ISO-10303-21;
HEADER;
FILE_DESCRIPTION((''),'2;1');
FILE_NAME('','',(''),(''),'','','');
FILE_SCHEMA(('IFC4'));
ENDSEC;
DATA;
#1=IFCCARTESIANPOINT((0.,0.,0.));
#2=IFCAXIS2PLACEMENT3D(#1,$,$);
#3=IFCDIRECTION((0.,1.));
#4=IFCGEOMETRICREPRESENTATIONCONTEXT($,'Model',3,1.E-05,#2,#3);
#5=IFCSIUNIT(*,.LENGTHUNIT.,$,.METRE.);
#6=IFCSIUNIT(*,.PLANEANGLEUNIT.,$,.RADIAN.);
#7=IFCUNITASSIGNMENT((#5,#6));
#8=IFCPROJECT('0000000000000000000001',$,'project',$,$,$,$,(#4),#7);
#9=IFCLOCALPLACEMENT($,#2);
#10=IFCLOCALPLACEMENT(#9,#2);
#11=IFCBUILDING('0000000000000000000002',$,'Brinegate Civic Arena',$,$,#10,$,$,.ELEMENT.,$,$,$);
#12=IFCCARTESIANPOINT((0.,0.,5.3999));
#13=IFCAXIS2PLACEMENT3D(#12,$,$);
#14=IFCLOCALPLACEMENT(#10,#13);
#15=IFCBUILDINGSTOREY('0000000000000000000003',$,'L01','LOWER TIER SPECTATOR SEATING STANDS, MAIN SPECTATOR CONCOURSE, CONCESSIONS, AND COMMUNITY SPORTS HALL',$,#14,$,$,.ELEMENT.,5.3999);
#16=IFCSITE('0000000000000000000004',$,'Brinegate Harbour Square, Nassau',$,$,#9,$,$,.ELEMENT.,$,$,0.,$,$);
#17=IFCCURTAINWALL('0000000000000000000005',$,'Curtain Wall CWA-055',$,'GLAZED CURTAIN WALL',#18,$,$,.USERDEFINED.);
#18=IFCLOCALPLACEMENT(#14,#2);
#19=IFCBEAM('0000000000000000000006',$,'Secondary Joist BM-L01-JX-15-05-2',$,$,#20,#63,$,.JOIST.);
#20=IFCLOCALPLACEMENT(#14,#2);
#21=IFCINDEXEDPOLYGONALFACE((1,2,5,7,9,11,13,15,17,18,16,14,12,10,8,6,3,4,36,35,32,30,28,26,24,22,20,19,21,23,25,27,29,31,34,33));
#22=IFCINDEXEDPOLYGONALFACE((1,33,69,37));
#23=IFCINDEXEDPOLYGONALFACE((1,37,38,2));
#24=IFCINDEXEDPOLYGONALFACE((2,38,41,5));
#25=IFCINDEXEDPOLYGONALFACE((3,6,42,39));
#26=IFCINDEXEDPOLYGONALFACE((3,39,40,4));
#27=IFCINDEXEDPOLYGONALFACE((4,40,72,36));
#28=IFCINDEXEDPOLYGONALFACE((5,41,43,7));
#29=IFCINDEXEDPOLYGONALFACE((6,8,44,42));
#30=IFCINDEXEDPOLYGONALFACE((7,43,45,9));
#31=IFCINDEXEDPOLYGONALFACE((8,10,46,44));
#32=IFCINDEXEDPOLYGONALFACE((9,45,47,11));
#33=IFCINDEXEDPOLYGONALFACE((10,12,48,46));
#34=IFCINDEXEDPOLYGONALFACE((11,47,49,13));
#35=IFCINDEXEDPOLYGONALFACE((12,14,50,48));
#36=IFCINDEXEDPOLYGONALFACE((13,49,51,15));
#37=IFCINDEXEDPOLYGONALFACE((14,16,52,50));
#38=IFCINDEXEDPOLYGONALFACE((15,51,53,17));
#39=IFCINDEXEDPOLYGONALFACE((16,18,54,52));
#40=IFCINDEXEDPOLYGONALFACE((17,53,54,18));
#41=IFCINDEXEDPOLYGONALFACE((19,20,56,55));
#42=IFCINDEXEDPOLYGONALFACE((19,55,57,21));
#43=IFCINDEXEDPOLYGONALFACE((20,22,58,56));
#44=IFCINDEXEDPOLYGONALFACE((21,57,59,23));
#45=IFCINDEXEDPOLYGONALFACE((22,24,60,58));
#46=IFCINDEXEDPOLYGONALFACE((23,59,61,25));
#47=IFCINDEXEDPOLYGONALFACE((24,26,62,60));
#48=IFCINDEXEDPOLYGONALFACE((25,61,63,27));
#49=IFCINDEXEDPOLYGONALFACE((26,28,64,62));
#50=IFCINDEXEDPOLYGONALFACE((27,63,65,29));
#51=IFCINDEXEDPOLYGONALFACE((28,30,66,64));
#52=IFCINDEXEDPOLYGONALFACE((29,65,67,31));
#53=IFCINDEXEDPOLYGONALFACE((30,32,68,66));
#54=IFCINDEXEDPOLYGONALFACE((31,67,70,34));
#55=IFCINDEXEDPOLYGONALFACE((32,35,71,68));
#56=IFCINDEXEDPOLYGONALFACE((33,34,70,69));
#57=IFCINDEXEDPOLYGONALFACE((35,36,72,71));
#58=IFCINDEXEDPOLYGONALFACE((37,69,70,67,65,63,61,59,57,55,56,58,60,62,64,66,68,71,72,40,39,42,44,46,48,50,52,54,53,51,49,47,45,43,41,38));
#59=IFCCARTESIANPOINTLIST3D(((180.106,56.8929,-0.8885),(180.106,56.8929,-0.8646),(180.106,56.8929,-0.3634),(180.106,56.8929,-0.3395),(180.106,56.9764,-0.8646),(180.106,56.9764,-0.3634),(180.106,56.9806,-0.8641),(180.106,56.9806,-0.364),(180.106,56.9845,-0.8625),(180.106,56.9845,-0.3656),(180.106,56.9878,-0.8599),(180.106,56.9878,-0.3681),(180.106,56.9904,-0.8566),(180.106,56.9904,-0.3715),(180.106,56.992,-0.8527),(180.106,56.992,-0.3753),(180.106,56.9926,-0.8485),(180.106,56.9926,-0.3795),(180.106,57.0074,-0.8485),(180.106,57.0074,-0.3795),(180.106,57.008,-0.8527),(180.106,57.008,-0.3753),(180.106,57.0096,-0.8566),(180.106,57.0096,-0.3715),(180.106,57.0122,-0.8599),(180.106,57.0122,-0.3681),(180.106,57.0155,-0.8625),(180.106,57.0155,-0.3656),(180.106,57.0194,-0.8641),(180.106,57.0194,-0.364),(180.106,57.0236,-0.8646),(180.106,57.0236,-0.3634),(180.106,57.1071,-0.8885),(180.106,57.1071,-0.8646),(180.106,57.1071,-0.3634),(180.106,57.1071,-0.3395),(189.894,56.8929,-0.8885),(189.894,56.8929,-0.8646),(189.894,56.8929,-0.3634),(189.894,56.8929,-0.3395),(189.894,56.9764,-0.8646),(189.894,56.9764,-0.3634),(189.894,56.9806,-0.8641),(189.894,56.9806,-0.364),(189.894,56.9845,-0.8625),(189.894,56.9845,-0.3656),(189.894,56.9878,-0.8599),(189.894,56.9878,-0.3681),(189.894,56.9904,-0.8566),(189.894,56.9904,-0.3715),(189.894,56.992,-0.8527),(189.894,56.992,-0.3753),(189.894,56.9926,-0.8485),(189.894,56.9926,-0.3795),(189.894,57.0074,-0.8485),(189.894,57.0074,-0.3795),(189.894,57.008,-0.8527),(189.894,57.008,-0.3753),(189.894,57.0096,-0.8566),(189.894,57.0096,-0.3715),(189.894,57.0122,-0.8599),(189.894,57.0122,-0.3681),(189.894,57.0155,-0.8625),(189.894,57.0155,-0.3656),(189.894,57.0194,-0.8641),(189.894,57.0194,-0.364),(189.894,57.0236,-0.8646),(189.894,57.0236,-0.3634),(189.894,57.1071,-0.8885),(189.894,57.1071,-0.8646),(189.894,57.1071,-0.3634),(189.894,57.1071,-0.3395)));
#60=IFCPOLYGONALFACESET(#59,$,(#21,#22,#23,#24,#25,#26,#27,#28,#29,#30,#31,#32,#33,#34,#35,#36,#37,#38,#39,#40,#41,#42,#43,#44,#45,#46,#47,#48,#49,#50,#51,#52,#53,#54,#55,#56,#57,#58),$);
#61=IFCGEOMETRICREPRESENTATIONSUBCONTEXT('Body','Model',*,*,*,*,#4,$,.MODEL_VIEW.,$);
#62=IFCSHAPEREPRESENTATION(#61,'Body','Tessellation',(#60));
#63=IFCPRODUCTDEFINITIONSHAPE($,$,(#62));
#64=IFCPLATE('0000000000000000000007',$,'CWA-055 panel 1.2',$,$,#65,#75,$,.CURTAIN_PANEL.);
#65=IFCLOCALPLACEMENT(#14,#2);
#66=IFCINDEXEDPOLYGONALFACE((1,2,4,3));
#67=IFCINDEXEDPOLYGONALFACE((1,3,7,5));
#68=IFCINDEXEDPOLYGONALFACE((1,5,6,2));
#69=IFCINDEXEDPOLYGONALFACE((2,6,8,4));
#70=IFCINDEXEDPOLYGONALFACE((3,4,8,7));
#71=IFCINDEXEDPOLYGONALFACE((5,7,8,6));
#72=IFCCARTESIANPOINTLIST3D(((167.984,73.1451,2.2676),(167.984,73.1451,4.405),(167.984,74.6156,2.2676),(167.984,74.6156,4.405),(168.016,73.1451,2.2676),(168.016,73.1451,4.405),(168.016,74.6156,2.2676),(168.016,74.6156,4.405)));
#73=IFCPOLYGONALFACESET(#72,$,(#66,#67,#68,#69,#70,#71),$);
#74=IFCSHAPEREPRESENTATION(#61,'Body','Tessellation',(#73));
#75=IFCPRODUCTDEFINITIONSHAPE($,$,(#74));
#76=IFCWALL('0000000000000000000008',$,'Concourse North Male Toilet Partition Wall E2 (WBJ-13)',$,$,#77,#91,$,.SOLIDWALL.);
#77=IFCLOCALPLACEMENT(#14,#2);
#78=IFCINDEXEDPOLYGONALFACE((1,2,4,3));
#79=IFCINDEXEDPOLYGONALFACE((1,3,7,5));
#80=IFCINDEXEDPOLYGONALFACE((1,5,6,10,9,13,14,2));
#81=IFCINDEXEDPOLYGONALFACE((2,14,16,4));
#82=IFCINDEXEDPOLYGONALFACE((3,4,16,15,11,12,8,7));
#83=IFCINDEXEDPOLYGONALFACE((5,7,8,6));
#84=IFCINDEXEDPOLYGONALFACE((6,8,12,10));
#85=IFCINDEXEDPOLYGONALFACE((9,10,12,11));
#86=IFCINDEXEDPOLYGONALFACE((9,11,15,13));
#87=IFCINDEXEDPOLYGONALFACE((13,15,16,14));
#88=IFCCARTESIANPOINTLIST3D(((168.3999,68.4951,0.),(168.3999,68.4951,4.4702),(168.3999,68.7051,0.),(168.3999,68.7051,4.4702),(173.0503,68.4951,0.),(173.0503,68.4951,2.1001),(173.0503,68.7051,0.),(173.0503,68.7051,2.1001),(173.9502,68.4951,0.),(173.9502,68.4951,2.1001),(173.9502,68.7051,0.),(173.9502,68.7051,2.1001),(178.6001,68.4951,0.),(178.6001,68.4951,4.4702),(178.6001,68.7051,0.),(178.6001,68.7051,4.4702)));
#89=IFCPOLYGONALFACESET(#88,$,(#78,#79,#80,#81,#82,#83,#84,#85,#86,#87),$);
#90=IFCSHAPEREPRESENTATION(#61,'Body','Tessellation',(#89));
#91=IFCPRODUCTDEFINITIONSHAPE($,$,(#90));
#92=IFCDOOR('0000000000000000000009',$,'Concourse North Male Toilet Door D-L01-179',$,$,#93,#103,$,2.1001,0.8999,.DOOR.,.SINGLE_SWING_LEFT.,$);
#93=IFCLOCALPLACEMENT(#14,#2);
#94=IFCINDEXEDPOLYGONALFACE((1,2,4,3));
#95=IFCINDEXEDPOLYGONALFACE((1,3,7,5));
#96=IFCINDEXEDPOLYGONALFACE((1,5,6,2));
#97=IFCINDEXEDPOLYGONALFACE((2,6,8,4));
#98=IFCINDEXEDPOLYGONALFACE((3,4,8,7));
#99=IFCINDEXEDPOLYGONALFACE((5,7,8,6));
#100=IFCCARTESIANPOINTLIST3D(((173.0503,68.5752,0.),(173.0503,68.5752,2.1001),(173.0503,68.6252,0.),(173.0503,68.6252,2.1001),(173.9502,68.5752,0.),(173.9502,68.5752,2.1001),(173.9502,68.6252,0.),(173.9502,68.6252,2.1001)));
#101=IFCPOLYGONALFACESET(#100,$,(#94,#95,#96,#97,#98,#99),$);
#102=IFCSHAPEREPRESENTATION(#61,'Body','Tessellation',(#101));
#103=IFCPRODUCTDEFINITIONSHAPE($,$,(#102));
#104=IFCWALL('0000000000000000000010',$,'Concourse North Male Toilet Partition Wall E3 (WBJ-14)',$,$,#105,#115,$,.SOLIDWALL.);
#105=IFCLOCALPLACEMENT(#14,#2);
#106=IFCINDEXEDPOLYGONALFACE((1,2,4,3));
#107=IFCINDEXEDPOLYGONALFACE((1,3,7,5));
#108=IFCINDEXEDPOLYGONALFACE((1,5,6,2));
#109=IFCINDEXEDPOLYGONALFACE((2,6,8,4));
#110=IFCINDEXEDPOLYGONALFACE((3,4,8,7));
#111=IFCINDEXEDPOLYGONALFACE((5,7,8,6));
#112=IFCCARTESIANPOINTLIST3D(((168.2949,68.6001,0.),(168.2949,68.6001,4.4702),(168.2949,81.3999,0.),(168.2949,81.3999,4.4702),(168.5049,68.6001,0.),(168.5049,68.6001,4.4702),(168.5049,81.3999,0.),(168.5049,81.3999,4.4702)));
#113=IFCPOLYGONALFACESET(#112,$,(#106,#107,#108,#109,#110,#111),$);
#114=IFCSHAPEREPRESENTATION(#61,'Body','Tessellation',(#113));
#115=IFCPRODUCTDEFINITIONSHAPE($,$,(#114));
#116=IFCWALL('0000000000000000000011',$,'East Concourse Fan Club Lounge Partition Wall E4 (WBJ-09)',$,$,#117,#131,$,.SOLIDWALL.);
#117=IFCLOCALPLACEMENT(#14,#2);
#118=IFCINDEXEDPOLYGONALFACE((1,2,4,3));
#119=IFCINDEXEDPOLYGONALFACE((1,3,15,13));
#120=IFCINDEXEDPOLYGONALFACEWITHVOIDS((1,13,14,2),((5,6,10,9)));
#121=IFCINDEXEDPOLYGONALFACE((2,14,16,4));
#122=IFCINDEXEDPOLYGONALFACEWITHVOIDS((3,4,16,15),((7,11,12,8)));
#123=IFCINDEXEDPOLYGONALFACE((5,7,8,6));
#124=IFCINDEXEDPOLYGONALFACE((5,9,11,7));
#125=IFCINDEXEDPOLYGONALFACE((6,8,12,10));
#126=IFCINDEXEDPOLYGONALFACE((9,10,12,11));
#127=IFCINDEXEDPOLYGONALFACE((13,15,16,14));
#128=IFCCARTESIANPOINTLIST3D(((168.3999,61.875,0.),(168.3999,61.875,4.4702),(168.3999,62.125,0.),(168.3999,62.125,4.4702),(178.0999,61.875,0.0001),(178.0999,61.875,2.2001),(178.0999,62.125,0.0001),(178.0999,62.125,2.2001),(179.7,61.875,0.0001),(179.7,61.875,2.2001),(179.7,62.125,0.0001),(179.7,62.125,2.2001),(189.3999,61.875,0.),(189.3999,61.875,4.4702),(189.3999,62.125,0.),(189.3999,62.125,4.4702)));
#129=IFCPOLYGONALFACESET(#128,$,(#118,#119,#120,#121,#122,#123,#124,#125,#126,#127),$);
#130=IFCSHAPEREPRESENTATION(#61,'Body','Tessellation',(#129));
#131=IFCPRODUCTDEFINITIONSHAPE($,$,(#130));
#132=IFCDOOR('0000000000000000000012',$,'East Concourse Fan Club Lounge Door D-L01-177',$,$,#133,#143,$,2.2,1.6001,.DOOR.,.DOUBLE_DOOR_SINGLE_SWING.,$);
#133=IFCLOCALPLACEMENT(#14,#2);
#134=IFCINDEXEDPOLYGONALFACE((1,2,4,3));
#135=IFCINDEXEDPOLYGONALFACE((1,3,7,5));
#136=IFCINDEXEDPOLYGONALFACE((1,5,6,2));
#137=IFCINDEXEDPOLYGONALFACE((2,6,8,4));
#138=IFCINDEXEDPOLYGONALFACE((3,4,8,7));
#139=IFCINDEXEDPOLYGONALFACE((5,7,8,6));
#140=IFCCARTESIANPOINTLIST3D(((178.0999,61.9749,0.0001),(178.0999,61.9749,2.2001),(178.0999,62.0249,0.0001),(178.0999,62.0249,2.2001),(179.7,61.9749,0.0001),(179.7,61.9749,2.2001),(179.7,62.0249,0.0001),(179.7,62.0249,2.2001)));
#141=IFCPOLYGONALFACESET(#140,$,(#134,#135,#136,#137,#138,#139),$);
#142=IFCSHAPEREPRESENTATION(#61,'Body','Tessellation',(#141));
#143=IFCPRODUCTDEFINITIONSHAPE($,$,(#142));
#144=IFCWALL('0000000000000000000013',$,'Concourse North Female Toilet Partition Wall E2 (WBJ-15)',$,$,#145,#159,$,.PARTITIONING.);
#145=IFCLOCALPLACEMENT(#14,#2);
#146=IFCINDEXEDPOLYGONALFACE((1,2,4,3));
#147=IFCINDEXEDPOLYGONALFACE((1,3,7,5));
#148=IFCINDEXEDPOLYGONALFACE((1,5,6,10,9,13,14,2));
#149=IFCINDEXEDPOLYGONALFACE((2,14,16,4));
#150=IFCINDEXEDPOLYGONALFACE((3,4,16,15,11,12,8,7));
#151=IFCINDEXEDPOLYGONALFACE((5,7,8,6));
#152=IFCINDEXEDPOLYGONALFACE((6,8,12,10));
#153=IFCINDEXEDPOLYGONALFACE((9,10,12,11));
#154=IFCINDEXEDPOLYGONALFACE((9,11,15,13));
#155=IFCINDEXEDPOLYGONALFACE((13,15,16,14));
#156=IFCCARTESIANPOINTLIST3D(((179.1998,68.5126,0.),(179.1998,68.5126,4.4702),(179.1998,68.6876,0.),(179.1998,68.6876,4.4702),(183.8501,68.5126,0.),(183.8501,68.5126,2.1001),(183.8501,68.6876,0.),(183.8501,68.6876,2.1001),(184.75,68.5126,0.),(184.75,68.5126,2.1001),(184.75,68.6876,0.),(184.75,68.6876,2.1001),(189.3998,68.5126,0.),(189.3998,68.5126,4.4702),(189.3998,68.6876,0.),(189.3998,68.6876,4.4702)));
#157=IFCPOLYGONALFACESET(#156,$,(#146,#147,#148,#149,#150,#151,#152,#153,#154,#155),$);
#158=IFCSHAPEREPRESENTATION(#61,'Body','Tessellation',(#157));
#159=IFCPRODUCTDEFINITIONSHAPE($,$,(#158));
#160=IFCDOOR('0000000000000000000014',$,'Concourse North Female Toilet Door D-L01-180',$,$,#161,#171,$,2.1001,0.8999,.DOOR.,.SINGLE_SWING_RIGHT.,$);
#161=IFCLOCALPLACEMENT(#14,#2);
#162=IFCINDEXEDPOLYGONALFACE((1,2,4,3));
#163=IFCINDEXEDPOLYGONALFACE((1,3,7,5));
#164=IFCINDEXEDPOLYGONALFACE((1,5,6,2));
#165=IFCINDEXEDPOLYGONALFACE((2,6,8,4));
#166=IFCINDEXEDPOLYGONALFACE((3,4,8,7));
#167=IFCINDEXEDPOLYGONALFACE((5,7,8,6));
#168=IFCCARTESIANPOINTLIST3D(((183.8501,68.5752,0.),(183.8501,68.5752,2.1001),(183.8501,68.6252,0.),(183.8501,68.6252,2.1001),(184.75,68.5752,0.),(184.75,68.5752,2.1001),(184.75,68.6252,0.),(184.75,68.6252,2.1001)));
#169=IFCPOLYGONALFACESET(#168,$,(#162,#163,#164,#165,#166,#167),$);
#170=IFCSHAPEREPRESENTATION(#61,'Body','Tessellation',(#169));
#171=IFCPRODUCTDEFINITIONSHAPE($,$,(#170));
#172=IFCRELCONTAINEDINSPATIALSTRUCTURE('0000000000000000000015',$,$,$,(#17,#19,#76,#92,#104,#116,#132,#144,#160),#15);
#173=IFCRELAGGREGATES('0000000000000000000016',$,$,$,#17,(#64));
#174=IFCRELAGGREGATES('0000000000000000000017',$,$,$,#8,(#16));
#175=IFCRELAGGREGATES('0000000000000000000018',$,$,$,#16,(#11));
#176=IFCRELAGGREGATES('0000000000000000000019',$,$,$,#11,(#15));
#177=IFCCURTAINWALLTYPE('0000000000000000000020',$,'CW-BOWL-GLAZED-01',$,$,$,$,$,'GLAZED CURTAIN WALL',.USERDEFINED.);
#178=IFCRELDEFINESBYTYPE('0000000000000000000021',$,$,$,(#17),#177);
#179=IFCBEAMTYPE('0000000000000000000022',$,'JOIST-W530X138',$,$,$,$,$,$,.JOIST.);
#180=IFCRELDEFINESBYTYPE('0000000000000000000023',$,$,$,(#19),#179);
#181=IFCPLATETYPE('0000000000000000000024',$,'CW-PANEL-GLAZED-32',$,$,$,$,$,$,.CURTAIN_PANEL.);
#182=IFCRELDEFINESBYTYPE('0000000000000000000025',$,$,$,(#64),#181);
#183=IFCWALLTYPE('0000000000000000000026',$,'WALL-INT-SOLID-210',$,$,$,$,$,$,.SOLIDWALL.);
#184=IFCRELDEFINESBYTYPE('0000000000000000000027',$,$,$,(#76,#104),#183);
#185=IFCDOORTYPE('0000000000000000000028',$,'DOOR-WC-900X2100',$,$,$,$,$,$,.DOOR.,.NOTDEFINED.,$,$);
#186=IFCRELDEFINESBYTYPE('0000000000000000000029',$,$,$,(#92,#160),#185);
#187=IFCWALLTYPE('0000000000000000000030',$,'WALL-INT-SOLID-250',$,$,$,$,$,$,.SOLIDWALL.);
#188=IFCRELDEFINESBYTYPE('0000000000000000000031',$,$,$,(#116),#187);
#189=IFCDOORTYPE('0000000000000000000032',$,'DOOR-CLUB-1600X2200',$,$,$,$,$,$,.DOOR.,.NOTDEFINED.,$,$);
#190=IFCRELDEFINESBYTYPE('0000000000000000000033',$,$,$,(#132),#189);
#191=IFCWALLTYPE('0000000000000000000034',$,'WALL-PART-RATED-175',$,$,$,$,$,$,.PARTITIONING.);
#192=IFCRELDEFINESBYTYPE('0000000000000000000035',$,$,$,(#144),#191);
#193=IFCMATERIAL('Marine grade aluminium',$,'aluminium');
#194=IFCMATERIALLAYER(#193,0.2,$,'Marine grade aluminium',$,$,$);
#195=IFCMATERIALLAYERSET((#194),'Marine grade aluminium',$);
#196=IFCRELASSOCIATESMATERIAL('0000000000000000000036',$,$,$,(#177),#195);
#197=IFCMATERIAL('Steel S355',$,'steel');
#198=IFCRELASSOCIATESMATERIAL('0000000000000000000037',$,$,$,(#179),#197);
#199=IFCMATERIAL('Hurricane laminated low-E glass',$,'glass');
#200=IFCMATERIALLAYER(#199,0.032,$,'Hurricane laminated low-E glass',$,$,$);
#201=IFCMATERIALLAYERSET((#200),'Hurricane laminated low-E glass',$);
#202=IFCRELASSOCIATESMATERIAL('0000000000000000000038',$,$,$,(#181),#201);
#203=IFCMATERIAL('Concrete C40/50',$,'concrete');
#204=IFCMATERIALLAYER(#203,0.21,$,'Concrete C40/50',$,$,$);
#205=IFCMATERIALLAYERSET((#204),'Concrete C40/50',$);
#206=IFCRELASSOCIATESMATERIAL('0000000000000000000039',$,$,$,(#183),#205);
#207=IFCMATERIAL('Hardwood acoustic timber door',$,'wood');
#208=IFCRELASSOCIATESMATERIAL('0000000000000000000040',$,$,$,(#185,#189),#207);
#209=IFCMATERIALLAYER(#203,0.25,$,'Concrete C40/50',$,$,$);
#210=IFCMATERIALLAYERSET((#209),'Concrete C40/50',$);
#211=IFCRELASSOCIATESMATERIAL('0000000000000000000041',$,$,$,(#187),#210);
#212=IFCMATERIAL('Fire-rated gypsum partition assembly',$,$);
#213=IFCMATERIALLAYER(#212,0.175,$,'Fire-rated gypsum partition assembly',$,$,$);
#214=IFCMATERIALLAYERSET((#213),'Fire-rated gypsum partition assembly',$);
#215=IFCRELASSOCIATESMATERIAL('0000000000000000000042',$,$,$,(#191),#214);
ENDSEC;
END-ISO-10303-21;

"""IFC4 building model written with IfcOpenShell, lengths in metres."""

from ifc_helpers import new_model, si_unit, direction, frame, frame_2d, origin, origin_2d, place, context, subcontext, project, spatial, rectangle, i_section, extrude, material, layer, layer_set, material_profile, profile_set, type_object, element, fill, aggregate, save


model = new_model("IFC4")

# Units and contexts
model_context = context("Model", 3, precision=1e-05, world=origin(), true_north=direction((0.0, 1.0)))
body_context = subcontext(model_context, "Body", "Model", "MODEL_VIEW")
ifc_project = project(units=[si_unit("LENGTHUNIT", "METRE"), si_unit("PLANEANGLEUNIT", "RADIAN")], contexts=[model_context])

# Site, building, storey
site_placement = place(None, origin())
site = spatial("IfcSite", under=ifc_project, at=site_placement, Name="Brinegate Harbour Square, Nassau", CompositionType="ELEMENT", RefElevation=0.0)
building_placement = place(site_placement, origin())
building = spatial("IfcBuilding", under=site, at=building_placement, Name="Brinegate Civic Arena", CompositionType="ELEMENT")
storey_placement = place(building_placement, frame((0.0, 0.0, 5.3999)))
storey = spatial("IfcBuildingStorey", under=building, at=storey_placement, Name="L01", Description="LOWER TIER SPECTATOR SEATING STANDS, MAIN SPECTATOR CONCOURSE, CONCESSIONS, AND COMMUNITY SPORTS HALL", CompositionType="ELEMENT", Elevation=5.3999)

# Curtain wall
ifc_material_1 = material(Name="Marine grade aluminium", Category="aluminium")
ifc_layer_1 = layer(ifc_material_1, 0.2, Name="Marine grade aluminium")
ifc_layer_set_1 = layer_set([ifc_layer_1], Name="Marine grade aluminium")
curtain_wall_type = type_object("IfcCurtainWallType", Name="CW-BOWL-GLAZED-01", ElementType="GLAZED CURTAIN WALL", PredefinedType="USERDEFINED", material=ifc_layer_set_1)
curtain_wall_placement = place(storey_placement, origin())
curtain_wall = element("IfcCurtainWall", 1, at=curtain_wall_placement, inside=storey, type_object=curtain_wall_type, Name="Curtain Wall CWA-055", ObjectType="GLAZED CURTAIN WALL", PredefinedType="USERDEFINED")

# Beam
ifc_material_2 = material(Name="Steel S355", Category="steel")
ifc_material_profile_1 = material_profile(ifc_material_2, i_section(OverallWidth=0.2141, OverallDepth=0.5491, WebThickness=0.0149, FlangeThickness=0.0239, FilletRadius=0.0161, at=origin_2d()), Name="W530X138")
ifc_profile_set_1 = profile_set([ifc_material_profile_1], Name="Steel S355")
beam_type_1 = type_object("IfcBeamType", Name="JOIST-W530X138", PredefinedType="JOIST", material=ifc_profile_set_1)
beam_1_placement = place(storey_placement, frame((180.106, 57.0, -0.614), z_axis=(1.0, 0.0, 0.0), x_axis=(0.0, 1.0, 0.0)))
element("IfcBeam", 2, at=beam_1_placement, inside=storey, type_object=beam_type_1, Name="Secondary Joist BM-L01-JX-15-05-2", PredefinedType="JOIST", context=body_context, shape_type="SweptSolid", body=[
    extrude(i_section(OverallWidth=0.2141, OverallDepth=0.5491, WebThickness=0.0149, FlangeThickness=0.0239, FilletRadius=0.0161, at=origin_2d()), origin(), (0.0, 0.0, 1.0), 9.7881),
])

# Plate
ifc_material_3 = material(Name="Hurricane laminated low-E glass", Category="glass")
ifc_layer_2 = layer(ifc_material_3, 0.032, Name="Hurricane laminated low-E glass")
ifc_layer_set_2 = layer_set([ifc_layer_2], Name="Hurricane laminated low-E glass")
plate_type = type_object("IfcPlateType", Name="CW-PANEL-GLAZED-32", PredefinedType="CURTAIN_PANEL", material=ifc_layer_set_2)
plate_placement = place(storey_placement, frame((168.0, 73.8804, 2.2676), z_axis=(0.0, 0.0, 1.0), x_axis=(0.0, 1.0, 0.0)))
plate = element("IfcPlate", 3, at=plate_placement, type_object=plate_type, Name="CWA-055 panel 1.2", PredefinedType="CURTAIN_PANEL", context=body_context, shape_type="SweptSolid", body=[
    extrude(rectangle(XDim=1.4705, YDim=0.032, at=origin_2d()), origin(), (0.0, 0.0, 1.0), 2.1375),
])
aggregate(curtain_wall, [plate])

# Wall, opening, door
ifc_material_4 = material(Name="Concrete C40/50", Category="concrete")
ifc_layer_3 = layer(ifc_material_4, 0.21, Name="Concrete C40/50")
ifc_layer_set_3 = layer_set([ifc_layer_3], Name="Concrete C40/50")
wall_type_1 = type_object("IfcWallType", Name="WALL-INT-SOLID-210", PredefinedType="SOLIDWALL", material=ifc_layer_set_3)
wall_1_placement = place(storey_placement, frame((178.6001, 68.6001, 0.0), z_axis=(0.0, 0.0, 1.0), x_axis=(-1.0, 0.0, 0.0)))
wall_1 = element("IfcWall", 4, at=wall_1_placement, inside=storey, type_object=wall_type_1, Name="Concourse North Male Toilet Partition Wall E2 (WBJ-13)", PredefinedType="SOLIDWALL", context=body_context, shape_type="SweptSolid", body=[
    extrude(rectangle(XDim=10.2002, YDim=0.21, at=frame_2d((5.1001, 0.0))), origin(), (0.0, 0.0, 1.0), 4.4702),
])
opening_1_placement = place(wall_1_placement, frame((4.6499, 0.0, 0.0)))
opening_1 = element("IfcOpeningElement", 5, at=opening_1_placement, cuts=wall_1, PredefinedType="OPENING", context=body_context, shape_type="SweptSolid", body=[
    extrude(rectangle(XDim=0.8999, YDim=2.1001, at=frame_2d((0.45, 1.05))), frame((0.0, 0.115, 0.0), z_axis=(0.0, -1.0, 0.0), x_axis=(1.0, 0.0, 0.0)), (0.0, 0.0, 1.0), 0.23),
])
ifc_material_5 = material(Name="Hardwood acoustic timber door", Category="wood")
door_type_1 = type_object("IfcDoorType", Name="DOOR-WC-900X2100", OperationType="NOTDEFINED", PredefinedType="DOOR", material=ifc_material_5)
door_1_placement = place(opening_1_placement, origin())
door_1 = element("IfcDoor", 6, at=door_1_placement, inside=storey, type_object=door_type_1, Name="Concourse North Male Toilet Door D-L01-179", OperationType="SINGLE_SWING_LEFT", OverallHeight=2.1001, OverallWidth=0.8999, PredefinedType="DOOR", context=body_context, shape_type="SweptSolid", body=[
    extrude(rectangle(XDim=0.8999, YDim=2.1001, at=frame_2d((0.45, 1.05))), frame((0.0, 0.0249, 0.0), z_axis=(0.0, -1.0, 0.0), x_axis=(1.0, 0.0, 0.0)), (0.0, 0.0, 1.0), 0.05),
])
fill(opening_1, door_1)

# Wall
wall_2_placement = place(storey_placement, frame((168.3999, 68.6001, 0.0), z_axis=(0.0, 0.0, 1.0), x_axis=(0.0, 1.0, 0.0)))
element("IfcWall", 7, at=wall_2_placement, inside=storey, type_object=wall_type_1, Name="Concourse North Male Toilet Partition Wall E3 (WBJ-14)", PredefinedType="SOLIDWALL", context=body_context, shape_type="SweptSolid", body=[
    extrude(rectangle(XDim=12.7998, YDim=0.21, at=frame_2d((6.3999, 0.0))), origin(), (0.0, 0.0, 1.0), 4.4702),
])

# Walls, openings, doors
ifc_layer_4 = layer(ifc_material_4, 0.25, Name="Concrete C40/50")
ifc_layer_set_4 = layer_set([ifc_layer_4], Name="Concrete C40/50")
wall_type_2 = type_object("IfcWallType", Name="WALL-INT-SOLID-250", PredefinedType="SOLIDWALL", material=ifc_layer_set_4)
wall_3_placement = place(storey_placement, frame((168.3999, 62.0, 0.0), z_axis=(0.0, 0.0, 1.0), x_axis=(1.0, 0.0, 0.0)))
wall_3 = element("IfcWall", 8, at=wall_3_placement, inside=storey, type_object=wall_type_2, Name="East Concourse Fan Club Lounge Partition Wall E4 (WBJ-09)", PredefinedType="SOLIDWALL", context=body_context, shape_type="SweptSolid", body=[
    extrude(rectangle(XDim=21.0, YDim=0.25, at=frame_2d((10.5, 0.0))), origin(), (0.0, 0.0, 1.0), 4.4702),
])
opening_2_placement = place(wall_3_placement, frame((9.7, 0.0, 0.0)))
opening_2 = element("IfcOpeningElement", 9, at=opening_2_placement, cuts=wall_3, PredefinedType="OPENING", context=body_context, shape_type="SweptSolid", body=[
    extrude(rectangle(XDim=1.6001, YDim=2.2, at=frame_2d((0.8, 1.1001))), frame((0.0, 0.135, 0.0), z_axis=(0.0, -1.0, 0.0), x_axis=(1.0, 0.0, 0.0)), (0.0, 0.0, 1.0), 0.27),
])
door_type_2 = type_object("IfcDoorType", Name="DOOR-CLUB-1600X2200", OperationType="NOTDEFINED", PredefinedType="DOOR", material=ifc_material_5)
door_2_placement = place(opening_2_placement, origin())
door_2 = element("IfcDoor", 10, at=door_2_placement, inside=storey, type_object=door_type_2, Name="East Concourse Fan Club Lounge Door D-L01-177", OperationType="DOUBLE_DOOR_SINGLE_SWING", OverallHeight=2.2, OverallWidth=1.6001, PredefinedType="DOOR", context=body_context, shape_type="SweptSolid", body=[
    extrude(rectangle(XDim=1.6001, YDim=2.2, at=frame_2d((0.8, 1.1001))), frame((0.0, 0.0249, 0.0), z_axis=(0.0, -1.0, 0.0), x_axis=(1.0, 0.0, 0.0)), (0.0, 0.0, 1.0), 0.05),
])
fill(opening_2, door_2)
ifc_material_6 = material(Name="Fire-rated gypsum partition assembly")
ifc_layer_5 = layer(ifc_material_6, 0.175, Name="Fire-rated gypsum partition assembly")
ifc_layer_set_5 = layer_set([ifc_layer_5], Name="Fire-rated gypsum partition assembly")
wall_type_3 = type_object("IfcWallType", Name="WALL-PART-RATED-175", PredefinedType="PARTITIONING", material=ifc_layer_set_5)
wall_4_placement = place(storey_placement, frame((189.3999, 68.6001, 0.0), z_axis=(0.0, 0.0, 1.0), x_axis=(-1.0, 0.0, 0.0)))
wall_4 = element("IfcWall", 11, at=wall_4_placement, inside=storey, type_object=wall_type_3, Name="Concourse North Female Toilet Partition Wall E2 (WBJ-15)", PredefinedType="PARTITIONING", context=body_context, shape_type="SweptSolid", body=[
    extrude(rectangle(XDim=10.2, YDim=0.175, at=frame_2d((5.1001, 0.0))), origin(), (0.0, 0.0, 1.0), 4.4702),
])
opening_3_placement = place(wall_4_placement, frame((4.6499, 0.0, 0.0)))
opening_3 = element("IfcOpeningElement", 12, at=opening_3_placement, cuts=wall_4, PredefinedType="OPENING", context=body_context, shape_type="SweptSolid", body=[
    extrude(rectangle(XDim=0.8999, YDim=2.1001, at=frame_2d((0.45, 1.05))), frame((0.0, 0.0974, 0.0), z_axis=(0.0, -1.0, 0.0), x_axis=(1.0, 0.0, 0.0)), (0.0, 0.0, 1.0), 0.1951),
])
door_3_placement = place(opening_3_placement, origin())
door_3 = element("IfcDoor", 13, at=door_3_placement, inside=storey, type_object=door_type_1, Name="Concourse North Female Toilet Door D-L01-180", OperationType="SINGLE_SWING_RIGHT", OverallHeight=2.1001, OverallWidth=0.8999, PredefinedType="DOOR", context=body_context, shape_type="SweptSolid", body=[
    extrude(rectangle(XDim=0.8999, YDim=2.1001, at=frame_2d((0.45, 1.05))), frame((0.0, 0.0249, 0.0), z_axis=(0.0, -1.0, 0.0), x_axis=(1.0, 0.0, 0.0)), (0.0, 0.0, 1.0), 0.05),
])
fill(opening_3, door_3)

save(model, "model.ifc")
